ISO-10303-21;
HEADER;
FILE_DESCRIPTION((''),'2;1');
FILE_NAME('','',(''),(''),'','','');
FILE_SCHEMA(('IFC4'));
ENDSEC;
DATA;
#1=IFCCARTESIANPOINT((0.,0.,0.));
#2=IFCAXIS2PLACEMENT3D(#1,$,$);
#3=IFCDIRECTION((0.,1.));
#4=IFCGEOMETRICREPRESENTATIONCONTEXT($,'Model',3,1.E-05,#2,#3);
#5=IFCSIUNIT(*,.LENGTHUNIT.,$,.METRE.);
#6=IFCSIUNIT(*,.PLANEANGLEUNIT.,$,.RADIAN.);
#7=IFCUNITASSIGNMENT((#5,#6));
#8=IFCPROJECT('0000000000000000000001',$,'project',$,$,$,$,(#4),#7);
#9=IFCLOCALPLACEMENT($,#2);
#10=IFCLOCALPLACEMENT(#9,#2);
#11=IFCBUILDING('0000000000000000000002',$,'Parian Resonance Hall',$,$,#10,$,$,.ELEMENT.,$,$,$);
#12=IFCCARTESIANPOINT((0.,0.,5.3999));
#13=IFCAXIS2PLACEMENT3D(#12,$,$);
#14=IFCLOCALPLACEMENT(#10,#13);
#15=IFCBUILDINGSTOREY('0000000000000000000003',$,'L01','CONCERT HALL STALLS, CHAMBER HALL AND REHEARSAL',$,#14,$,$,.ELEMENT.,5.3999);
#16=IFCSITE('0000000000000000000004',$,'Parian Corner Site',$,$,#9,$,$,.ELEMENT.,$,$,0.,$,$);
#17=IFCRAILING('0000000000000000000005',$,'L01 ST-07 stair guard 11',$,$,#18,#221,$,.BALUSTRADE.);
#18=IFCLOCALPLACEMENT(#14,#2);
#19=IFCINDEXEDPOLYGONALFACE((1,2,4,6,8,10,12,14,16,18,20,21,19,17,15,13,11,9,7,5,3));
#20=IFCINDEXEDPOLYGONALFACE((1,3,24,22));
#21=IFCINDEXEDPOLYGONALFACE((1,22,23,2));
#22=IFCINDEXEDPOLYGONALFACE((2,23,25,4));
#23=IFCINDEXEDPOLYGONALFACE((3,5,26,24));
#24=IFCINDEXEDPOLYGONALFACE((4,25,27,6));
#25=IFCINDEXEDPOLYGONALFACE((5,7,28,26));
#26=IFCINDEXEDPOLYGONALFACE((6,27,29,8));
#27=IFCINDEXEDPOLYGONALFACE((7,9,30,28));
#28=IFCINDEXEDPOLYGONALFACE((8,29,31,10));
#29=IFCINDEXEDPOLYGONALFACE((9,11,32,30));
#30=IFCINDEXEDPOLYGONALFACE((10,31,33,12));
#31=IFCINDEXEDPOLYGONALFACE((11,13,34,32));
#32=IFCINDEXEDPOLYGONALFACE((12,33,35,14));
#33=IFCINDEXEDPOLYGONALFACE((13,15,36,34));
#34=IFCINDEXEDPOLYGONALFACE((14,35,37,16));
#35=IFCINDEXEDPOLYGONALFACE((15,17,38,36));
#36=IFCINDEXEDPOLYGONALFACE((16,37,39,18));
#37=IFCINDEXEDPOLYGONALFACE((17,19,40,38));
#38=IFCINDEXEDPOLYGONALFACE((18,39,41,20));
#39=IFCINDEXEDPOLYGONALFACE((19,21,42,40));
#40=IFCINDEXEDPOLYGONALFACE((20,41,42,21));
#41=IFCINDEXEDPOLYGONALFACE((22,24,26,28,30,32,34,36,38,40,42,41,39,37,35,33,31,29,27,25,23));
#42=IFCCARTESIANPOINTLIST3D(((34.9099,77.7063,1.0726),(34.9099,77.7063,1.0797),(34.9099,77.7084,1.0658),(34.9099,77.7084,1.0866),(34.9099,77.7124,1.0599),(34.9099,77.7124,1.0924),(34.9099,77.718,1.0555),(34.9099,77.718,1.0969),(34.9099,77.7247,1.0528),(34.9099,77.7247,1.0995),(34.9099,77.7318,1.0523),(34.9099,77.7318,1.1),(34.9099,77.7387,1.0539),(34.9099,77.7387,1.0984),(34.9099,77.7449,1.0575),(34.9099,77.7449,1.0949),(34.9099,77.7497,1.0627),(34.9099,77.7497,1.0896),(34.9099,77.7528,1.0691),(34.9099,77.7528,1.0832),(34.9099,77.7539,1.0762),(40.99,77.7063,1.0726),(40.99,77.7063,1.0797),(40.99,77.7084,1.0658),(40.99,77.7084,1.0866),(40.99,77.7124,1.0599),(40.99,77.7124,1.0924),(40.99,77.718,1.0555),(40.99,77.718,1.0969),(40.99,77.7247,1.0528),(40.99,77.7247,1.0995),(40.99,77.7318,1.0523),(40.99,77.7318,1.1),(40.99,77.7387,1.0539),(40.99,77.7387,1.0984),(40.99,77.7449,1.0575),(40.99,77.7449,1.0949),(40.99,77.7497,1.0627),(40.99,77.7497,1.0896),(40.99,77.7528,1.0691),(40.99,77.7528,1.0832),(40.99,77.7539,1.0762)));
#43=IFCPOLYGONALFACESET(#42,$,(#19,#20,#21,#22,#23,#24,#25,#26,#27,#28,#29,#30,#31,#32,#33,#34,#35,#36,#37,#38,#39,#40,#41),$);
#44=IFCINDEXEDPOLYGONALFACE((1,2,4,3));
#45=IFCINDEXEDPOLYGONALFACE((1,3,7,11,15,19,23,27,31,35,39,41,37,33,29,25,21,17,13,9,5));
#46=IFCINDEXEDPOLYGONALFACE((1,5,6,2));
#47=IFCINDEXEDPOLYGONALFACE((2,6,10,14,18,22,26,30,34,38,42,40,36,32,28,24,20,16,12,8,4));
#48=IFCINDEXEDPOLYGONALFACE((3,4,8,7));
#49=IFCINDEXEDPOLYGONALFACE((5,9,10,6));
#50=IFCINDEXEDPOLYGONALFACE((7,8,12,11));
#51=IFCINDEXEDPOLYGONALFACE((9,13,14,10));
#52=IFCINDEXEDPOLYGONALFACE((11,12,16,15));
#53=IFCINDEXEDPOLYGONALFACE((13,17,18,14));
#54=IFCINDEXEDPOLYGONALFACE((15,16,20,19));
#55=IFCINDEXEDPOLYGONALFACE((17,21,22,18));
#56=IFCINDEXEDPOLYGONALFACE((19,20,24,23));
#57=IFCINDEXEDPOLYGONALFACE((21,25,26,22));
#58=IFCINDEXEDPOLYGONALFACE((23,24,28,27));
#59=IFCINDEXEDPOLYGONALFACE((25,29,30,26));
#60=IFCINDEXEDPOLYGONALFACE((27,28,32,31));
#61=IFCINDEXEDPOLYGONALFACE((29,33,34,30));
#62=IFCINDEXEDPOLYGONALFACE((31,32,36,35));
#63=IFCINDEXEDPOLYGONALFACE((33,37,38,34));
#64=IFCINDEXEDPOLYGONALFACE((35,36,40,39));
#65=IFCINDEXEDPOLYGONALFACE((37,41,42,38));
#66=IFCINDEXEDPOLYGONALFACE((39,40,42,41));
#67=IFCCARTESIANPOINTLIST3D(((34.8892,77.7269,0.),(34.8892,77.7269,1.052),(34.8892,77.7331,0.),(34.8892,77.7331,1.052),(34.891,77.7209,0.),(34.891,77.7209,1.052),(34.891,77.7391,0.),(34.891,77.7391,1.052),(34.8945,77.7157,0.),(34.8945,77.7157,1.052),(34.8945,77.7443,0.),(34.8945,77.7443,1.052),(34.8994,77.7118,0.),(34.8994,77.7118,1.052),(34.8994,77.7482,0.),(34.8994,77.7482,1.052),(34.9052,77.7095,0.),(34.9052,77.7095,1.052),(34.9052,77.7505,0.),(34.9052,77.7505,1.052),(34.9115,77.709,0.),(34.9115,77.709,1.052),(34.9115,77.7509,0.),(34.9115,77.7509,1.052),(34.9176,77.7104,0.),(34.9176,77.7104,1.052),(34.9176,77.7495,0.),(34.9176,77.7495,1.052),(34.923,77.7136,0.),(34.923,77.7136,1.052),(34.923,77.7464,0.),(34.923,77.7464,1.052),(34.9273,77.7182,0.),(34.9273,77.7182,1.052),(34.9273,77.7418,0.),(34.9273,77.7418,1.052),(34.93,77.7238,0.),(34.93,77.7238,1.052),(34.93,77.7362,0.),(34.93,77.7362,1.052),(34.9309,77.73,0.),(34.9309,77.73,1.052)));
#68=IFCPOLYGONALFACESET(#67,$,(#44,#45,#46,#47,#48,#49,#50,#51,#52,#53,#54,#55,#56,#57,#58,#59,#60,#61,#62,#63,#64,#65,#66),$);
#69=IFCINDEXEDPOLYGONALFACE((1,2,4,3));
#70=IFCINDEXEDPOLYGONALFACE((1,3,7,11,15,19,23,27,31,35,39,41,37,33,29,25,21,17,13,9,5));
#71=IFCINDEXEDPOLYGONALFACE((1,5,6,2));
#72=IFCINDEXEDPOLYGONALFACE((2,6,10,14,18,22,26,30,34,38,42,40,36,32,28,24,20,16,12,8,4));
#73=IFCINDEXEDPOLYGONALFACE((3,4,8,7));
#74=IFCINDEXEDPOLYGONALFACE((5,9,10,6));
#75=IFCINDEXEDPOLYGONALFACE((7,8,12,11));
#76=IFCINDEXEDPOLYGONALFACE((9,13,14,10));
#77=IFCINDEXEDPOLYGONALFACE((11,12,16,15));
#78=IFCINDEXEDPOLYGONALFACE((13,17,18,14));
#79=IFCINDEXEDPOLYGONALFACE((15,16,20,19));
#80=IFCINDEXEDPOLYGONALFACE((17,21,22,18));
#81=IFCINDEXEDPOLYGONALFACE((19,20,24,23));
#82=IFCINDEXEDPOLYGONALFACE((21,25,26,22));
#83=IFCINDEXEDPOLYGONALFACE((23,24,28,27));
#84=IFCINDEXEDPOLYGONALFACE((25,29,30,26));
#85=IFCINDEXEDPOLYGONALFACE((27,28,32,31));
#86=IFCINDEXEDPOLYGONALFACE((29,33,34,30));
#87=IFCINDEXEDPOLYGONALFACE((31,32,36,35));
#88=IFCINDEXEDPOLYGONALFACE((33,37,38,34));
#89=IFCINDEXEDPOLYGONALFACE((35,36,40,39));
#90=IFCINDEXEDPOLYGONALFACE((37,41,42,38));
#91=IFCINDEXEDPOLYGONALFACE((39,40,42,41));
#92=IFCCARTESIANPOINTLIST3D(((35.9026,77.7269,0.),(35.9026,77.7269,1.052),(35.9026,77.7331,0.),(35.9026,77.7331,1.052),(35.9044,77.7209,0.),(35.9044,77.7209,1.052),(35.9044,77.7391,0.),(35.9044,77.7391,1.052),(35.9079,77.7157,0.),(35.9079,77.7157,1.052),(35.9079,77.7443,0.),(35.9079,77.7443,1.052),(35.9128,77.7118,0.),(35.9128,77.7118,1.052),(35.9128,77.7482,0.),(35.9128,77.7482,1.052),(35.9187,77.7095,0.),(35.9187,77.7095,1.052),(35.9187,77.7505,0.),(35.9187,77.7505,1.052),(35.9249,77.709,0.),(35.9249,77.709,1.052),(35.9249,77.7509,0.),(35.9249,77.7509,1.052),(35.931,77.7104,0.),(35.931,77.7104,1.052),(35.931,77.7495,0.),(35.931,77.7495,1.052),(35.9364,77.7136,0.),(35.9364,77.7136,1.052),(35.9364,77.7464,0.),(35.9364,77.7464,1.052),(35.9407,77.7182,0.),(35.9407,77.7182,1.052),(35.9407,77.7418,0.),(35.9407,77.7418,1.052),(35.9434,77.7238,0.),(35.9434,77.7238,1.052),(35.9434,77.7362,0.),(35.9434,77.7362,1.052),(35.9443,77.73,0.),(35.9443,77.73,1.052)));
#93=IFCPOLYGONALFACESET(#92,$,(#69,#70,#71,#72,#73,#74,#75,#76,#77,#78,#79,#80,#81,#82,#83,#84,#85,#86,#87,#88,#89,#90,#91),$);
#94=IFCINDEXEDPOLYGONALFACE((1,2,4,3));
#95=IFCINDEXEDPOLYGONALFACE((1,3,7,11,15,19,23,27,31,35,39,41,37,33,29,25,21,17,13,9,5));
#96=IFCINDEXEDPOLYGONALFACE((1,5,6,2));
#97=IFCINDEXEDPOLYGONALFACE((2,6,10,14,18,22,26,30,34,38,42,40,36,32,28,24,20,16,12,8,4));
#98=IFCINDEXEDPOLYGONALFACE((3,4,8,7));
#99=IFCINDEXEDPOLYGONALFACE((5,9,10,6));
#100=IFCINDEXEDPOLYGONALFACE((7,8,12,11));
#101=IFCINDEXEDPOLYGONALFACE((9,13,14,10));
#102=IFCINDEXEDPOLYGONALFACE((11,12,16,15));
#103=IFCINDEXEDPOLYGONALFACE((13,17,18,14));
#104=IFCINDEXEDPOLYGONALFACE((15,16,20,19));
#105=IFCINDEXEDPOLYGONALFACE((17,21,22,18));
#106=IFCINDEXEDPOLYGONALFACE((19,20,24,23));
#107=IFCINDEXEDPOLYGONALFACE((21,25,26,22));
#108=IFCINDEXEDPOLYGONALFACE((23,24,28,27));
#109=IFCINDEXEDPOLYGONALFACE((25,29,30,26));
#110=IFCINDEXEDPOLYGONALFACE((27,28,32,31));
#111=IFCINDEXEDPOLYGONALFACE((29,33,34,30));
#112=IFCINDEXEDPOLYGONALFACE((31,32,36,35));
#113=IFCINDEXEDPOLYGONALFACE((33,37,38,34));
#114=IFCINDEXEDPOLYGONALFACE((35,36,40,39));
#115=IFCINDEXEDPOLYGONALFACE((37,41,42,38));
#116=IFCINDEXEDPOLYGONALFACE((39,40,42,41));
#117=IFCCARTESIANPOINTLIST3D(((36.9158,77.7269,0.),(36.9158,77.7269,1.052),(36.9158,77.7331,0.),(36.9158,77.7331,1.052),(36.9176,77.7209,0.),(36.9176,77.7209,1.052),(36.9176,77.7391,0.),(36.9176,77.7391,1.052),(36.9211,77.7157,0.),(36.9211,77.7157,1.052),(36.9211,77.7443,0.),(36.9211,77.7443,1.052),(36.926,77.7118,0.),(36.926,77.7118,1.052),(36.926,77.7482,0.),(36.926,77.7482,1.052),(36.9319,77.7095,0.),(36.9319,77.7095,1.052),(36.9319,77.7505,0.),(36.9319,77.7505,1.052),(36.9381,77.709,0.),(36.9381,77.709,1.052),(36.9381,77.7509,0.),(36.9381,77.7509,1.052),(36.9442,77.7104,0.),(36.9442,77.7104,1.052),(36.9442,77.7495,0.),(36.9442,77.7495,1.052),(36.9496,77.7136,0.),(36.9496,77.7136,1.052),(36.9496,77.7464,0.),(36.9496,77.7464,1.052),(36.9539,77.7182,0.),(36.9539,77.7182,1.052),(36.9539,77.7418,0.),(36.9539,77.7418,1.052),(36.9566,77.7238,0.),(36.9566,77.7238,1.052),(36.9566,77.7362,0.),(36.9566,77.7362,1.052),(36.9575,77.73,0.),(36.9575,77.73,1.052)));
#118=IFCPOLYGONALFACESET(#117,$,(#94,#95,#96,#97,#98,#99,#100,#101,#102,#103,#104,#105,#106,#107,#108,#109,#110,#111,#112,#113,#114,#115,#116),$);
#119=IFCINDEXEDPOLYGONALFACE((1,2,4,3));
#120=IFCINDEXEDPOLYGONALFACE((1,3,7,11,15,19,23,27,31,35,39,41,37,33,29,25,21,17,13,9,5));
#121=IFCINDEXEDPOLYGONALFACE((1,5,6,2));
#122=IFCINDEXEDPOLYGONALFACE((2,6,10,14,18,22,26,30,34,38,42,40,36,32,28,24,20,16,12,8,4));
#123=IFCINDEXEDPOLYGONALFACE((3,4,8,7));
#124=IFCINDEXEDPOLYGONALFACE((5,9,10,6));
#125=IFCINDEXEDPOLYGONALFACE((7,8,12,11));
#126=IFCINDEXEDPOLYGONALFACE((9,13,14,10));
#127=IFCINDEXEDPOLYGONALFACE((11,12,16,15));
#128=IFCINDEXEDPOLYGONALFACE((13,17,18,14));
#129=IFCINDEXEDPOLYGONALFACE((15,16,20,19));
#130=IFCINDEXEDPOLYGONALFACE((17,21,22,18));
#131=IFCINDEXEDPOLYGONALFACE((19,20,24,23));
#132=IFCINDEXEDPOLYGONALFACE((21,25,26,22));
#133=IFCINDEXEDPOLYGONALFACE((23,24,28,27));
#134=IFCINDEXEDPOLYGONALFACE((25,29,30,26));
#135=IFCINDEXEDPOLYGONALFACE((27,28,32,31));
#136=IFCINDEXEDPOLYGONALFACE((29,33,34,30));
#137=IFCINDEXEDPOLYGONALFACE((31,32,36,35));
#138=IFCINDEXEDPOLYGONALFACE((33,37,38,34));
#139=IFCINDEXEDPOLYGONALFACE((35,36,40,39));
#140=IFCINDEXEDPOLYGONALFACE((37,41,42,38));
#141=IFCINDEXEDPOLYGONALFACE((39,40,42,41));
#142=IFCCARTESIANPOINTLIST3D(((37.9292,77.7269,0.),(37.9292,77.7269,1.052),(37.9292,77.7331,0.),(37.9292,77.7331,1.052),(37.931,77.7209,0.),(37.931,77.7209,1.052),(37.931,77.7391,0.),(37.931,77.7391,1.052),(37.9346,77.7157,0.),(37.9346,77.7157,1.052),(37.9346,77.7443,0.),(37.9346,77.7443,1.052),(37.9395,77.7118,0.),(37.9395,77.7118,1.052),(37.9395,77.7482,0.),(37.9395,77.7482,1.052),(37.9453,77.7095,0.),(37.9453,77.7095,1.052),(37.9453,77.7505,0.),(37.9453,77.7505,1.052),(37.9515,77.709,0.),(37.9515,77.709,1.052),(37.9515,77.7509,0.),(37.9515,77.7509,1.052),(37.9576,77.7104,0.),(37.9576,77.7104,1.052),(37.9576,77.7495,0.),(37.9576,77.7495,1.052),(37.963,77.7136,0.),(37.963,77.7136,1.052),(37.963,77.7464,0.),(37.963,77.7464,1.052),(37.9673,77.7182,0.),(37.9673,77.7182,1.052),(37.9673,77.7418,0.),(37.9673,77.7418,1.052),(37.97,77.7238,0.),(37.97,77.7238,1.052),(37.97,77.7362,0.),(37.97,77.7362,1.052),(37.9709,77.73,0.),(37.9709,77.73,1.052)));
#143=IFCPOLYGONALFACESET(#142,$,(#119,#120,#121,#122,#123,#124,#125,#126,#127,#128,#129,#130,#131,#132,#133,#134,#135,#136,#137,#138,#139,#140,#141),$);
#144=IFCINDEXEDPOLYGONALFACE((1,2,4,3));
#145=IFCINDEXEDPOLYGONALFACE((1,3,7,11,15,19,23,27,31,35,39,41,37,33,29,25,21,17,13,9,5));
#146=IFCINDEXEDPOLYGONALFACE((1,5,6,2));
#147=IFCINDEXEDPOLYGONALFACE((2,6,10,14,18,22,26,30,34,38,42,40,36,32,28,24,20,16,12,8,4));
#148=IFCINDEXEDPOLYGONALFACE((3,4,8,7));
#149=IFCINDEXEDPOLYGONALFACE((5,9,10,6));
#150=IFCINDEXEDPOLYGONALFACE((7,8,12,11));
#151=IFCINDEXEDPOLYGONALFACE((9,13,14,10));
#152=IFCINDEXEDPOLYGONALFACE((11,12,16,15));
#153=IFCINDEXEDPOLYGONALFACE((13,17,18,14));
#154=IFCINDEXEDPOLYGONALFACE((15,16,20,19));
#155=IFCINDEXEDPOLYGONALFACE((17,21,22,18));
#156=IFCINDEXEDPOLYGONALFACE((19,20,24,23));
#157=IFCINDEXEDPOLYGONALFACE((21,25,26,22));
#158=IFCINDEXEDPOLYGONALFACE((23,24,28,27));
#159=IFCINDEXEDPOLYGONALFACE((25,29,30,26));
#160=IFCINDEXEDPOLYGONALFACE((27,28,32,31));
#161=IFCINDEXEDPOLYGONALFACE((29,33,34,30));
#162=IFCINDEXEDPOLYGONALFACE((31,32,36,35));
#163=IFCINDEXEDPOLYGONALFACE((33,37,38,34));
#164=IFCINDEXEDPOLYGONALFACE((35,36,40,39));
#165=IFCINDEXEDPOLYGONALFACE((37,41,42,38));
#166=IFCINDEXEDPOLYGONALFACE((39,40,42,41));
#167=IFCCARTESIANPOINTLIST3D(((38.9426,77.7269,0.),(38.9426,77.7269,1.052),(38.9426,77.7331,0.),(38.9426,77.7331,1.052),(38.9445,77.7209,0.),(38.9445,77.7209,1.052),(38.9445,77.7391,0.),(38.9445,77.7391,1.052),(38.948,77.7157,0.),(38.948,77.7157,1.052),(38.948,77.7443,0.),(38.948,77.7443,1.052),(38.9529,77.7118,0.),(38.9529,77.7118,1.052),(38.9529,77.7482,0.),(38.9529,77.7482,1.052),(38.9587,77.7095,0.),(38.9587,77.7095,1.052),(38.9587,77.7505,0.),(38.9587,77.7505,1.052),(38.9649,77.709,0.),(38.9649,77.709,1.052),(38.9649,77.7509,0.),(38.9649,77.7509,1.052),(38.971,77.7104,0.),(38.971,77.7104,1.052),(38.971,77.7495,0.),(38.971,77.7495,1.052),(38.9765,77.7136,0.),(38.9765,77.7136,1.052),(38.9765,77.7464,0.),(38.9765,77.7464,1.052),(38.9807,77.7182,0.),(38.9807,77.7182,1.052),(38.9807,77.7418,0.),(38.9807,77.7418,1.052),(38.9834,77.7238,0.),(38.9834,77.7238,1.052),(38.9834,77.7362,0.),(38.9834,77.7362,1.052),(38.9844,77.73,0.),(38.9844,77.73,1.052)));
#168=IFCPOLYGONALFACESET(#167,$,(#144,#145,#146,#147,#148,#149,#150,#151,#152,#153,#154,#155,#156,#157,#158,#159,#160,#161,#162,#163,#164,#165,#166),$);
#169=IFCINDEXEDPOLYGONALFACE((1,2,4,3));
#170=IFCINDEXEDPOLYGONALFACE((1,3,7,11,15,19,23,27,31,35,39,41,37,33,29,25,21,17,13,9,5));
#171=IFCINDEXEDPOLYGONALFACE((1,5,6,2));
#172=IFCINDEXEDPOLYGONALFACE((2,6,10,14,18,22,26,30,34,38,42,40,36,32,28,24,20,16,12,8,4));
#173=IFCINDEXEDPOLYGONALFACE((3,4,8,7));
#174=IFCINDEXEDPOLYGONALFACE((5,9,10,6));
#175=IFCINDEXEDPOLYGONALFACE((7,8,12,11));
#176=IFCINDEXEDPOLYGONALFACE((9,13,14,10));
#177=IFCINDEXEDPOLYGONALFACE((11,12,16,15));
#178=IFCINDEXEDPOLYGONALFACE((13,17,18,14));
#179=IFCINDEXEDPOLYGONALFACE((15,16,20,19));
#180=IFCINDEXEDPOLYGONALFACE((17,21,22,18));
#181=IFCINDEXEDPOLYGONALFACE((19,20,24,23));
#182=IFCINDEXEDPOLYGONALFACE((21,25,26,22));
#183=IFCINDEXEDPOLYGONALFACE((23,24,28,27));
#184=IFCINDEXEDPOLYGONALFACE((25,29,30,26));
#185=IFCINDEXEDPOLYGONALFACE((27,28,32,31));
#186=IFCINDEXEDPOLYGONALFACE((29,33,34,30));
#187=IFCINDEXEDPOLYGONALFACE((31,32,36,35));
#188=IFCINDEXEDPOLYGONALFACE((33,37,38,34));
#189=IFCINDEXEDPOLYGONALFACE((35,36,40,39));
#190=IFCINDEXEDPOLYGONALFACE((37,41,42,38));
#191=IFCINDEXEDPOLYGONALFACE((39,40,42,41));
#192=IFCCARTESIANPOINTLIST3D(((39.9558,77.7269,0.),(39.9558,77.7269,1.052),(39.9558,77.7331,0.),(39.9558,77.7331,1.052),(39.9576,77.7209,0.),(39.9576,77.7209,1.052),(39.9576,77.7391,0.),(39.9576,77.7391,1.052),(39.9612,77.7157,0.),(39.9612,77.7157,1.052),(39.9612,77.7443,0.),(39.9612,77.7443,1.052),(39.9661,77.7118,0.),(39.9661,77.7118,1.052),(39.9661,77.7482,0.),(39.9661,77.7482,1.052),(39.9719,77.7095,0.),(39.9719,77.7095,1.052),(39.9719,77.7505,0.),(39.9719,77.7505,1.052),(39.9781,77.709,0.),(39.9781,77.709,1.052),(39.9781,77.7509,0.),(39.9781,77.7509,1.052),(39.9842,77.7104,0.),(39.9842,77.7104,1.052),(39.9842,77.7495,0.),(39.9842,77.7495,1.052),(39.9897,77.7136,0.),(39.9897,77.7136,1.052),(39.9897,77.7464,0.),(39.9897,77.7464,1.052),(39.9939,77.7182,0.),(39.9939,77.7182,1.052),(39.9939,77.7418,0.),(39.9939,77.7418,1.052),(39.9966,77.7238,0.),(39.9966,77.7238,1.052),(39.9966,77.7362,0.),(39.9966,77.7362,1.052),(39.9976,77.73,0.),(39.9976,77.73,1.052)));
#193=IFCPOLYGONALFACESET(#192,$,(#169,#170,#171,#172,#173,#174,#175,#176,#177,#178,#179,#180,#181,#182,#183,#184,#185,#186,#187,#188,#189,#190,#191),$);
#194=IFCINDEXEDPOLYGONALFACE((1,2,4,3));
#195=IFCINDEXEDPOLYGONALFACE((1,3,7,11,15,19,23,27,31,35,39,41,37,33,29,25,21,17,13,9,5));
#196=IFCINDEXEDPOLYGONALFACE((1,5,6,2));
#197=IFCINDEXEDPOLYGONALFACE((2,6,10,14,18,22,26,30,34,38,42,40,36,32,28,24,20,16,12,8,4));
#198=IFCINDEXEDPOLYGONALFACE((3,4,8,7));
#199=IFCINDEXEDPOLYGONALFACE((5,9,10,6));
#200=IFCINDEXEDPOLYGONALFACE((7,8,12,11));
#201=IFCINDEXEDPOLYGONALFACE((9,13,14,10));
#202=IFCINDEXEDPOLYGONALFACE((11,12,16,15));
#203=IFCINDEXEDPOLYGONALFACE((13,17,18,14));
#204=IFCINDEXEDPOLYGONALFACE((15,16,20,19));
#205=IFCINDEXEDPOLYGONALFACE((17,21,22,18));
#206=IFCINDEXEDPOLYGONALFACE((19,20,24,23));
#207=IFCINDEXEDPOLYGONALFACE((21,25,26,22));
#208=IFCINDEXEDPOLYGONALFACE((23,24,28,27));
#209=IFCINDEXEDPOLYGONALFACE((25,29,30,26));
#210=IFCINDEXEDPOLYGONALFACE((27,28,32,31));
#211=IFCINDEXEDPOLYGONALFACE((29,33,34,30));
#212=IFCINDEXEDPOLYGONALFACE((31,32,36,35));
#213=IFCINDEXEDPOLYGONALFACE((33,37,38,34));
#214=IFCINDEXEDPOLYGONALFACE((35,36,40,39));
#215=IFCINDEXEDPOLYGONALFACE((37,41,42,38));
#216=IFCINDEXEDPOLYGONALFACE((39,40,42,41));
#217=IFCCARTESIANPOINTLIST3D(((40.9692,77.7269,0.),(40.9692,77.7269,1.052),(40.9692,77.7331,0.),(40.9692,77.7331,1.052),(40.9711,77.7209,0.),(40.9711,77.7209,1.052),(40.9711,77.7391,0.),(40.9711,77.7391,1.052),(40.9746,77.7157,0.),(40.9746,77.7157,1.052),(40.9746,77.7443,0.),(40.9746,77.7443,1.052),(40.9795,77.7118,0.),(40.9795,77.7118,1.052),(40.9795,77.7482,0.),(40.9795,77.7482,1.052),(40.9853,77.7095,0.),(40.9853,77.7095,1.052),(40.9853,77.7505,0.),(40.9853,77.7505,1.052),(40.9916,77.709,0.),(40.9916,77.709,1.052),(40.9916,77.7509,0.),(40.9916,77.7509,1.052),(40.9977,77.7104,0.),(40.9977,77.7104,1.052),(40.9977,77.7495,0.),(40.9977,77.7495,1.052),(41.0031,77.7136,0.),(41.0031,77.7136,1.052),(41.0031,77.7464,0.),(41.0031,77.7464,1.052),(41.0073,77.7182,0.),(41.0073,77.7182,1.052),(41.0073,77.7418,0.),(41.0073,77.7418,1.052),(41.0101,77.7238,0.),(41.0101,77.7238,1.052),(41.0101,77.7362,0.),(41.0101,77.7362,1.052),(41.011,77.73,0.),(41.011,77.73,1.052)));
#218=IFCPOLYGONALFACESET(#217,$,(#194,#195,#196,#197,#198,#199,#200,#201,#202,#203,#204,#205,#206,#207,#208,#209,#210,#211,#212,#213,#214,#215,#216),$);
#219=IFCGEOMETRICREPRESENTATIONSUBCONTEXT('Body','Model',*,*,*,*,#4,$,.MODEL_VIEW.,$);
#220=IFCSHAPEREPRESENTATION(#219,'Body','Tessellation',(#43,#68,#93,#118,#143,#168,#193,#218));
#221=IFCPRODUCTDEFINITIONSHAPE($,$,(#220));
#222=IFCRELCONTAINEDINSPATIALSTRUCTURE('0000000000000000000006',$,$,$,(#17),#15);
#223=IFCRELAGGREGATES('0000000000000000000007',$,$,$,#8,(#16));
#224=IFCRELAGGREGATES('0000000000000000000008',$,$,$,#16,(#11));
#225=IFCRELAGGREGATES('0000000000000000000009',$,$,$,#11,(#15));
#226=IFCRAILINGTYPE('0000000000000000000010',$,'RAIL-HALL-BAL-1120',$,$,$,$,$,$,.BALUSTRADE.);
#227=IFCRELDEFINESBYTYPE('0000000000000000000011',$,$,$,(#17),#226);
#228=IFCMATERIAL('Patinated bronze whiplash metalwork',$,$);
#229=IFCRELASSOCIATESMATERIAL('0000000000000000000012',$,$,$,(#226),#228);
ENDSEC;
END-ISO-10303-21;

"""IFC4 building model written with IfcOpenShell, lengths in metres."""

from ifc_helpers import new_model, si_unit, direction, frame, origin, origin_2d, place, context, subcontext, project, spatial, circle, extrude, material, type_object, element, save


model = new_model("IFC4")

# Units and contexts
model_context = context("Model", 3, precision=1e-05, world=origin(), true_north=direction((0.0, 1.0)))
body_context = subcontext(model_context, "Body", "Model", "MODEL_VIEW")
ifc_project = project(units=[si_unit("LENGTHUNIT", "METRE"), si_unit("PLANEANGLEUNIT", "RADIAN")], contexts=[model_context])

# Site, building, storey
site_placement = place(None, origin())
site = spatial("IfcSite", under=ifc_project, at=site_placement, Name="Parian Corner Site", CompositionType="ELEMENT", RefElevation=0.0)
building_placement = place(site_placement, origin())
building = spatial("IfcBuilding", under=site, at=building_placement, Name="Parian Resonance Hall", CompositionType="ELEMENT")
storey_placement = place(building_placement, frame((0.0, 0.0, 5.3999)))
storey = spatial("IfcBuildingStorey", under=building, at=storey_placement, Name="L01", Description="CONCERT HALL STALLS, CHAMBER HALL AND REHEARSAL", CompositionType="ELEMENT", Elevation=5.3999)

# Railing
ifc_material_1 = material(Name="Patinated bronze whiplash metalwork")
railing_type_1 = type_object("IfcRailingType", Name="RAIL-HALL-BAL-1120", PredefinedType="BALUSTRADE", material=ifc_material_1)
railing_1_placement = place(storey_placement, frame((34.9099, 77.73, 0.0)))
element("IfcRailing", 1, at=railing_1_placement, inside=storey, type_object=railing_type_1, Name="L01 ST-07 stair guard 11", PredefinedType="BALUSTRADE", context=body_context, shape_type="SweptSolid", body=[
    extrude(circle(Radius=0.0239, at=origin_2d()), frame((0.0, 0.0, 1.0762), z_axis=(1.0, 0.0, 0.0), x_axis=(0.0, 1.0, 0.0)), (0.0, 0.0, 1.0), 6.0801),
    extrude(circle(Radius=0.021, at=origin_2d()), origin(), (0.0, 0.0, 1.0), 1.052),
    extrude(circle(Radius=0.021, at=origin_2d()), frame((1.0134, 0.0, 0.0)), (0.0, 0.0, 1.0), 1.052),
    extrude(circle(Radius=0.021, at=origin_2d()), frame((2.0266, 0.0, 0.0)), (0.0, 0.0, 1.0), 1.052),
    extrude(circle(Radius=0.021, at=origin_2d()), frame((3.04, 0.0, 0.0)), (0.0, 0.0, 1.0), 1.052),
    extrude(circle(Radius=0.021, at=origin_2d()), frame((4.0535, 0.0, 0.0)), (0.0, 0.0, 1.0), 1.052),
    extrude(circle(Radius=0.021, at=origin_2d()), frame((5.0667, 0.0, 0.0)), (0.0, 0.0, 1.0), 1.052),
    extrude(circle(Radius=0.021, at=origin_2d()), frame((6.0801, 0.0, 0.0)), (0.0, 0.0, 1.0), 1.052),
])

save(model, "model.ifc")
